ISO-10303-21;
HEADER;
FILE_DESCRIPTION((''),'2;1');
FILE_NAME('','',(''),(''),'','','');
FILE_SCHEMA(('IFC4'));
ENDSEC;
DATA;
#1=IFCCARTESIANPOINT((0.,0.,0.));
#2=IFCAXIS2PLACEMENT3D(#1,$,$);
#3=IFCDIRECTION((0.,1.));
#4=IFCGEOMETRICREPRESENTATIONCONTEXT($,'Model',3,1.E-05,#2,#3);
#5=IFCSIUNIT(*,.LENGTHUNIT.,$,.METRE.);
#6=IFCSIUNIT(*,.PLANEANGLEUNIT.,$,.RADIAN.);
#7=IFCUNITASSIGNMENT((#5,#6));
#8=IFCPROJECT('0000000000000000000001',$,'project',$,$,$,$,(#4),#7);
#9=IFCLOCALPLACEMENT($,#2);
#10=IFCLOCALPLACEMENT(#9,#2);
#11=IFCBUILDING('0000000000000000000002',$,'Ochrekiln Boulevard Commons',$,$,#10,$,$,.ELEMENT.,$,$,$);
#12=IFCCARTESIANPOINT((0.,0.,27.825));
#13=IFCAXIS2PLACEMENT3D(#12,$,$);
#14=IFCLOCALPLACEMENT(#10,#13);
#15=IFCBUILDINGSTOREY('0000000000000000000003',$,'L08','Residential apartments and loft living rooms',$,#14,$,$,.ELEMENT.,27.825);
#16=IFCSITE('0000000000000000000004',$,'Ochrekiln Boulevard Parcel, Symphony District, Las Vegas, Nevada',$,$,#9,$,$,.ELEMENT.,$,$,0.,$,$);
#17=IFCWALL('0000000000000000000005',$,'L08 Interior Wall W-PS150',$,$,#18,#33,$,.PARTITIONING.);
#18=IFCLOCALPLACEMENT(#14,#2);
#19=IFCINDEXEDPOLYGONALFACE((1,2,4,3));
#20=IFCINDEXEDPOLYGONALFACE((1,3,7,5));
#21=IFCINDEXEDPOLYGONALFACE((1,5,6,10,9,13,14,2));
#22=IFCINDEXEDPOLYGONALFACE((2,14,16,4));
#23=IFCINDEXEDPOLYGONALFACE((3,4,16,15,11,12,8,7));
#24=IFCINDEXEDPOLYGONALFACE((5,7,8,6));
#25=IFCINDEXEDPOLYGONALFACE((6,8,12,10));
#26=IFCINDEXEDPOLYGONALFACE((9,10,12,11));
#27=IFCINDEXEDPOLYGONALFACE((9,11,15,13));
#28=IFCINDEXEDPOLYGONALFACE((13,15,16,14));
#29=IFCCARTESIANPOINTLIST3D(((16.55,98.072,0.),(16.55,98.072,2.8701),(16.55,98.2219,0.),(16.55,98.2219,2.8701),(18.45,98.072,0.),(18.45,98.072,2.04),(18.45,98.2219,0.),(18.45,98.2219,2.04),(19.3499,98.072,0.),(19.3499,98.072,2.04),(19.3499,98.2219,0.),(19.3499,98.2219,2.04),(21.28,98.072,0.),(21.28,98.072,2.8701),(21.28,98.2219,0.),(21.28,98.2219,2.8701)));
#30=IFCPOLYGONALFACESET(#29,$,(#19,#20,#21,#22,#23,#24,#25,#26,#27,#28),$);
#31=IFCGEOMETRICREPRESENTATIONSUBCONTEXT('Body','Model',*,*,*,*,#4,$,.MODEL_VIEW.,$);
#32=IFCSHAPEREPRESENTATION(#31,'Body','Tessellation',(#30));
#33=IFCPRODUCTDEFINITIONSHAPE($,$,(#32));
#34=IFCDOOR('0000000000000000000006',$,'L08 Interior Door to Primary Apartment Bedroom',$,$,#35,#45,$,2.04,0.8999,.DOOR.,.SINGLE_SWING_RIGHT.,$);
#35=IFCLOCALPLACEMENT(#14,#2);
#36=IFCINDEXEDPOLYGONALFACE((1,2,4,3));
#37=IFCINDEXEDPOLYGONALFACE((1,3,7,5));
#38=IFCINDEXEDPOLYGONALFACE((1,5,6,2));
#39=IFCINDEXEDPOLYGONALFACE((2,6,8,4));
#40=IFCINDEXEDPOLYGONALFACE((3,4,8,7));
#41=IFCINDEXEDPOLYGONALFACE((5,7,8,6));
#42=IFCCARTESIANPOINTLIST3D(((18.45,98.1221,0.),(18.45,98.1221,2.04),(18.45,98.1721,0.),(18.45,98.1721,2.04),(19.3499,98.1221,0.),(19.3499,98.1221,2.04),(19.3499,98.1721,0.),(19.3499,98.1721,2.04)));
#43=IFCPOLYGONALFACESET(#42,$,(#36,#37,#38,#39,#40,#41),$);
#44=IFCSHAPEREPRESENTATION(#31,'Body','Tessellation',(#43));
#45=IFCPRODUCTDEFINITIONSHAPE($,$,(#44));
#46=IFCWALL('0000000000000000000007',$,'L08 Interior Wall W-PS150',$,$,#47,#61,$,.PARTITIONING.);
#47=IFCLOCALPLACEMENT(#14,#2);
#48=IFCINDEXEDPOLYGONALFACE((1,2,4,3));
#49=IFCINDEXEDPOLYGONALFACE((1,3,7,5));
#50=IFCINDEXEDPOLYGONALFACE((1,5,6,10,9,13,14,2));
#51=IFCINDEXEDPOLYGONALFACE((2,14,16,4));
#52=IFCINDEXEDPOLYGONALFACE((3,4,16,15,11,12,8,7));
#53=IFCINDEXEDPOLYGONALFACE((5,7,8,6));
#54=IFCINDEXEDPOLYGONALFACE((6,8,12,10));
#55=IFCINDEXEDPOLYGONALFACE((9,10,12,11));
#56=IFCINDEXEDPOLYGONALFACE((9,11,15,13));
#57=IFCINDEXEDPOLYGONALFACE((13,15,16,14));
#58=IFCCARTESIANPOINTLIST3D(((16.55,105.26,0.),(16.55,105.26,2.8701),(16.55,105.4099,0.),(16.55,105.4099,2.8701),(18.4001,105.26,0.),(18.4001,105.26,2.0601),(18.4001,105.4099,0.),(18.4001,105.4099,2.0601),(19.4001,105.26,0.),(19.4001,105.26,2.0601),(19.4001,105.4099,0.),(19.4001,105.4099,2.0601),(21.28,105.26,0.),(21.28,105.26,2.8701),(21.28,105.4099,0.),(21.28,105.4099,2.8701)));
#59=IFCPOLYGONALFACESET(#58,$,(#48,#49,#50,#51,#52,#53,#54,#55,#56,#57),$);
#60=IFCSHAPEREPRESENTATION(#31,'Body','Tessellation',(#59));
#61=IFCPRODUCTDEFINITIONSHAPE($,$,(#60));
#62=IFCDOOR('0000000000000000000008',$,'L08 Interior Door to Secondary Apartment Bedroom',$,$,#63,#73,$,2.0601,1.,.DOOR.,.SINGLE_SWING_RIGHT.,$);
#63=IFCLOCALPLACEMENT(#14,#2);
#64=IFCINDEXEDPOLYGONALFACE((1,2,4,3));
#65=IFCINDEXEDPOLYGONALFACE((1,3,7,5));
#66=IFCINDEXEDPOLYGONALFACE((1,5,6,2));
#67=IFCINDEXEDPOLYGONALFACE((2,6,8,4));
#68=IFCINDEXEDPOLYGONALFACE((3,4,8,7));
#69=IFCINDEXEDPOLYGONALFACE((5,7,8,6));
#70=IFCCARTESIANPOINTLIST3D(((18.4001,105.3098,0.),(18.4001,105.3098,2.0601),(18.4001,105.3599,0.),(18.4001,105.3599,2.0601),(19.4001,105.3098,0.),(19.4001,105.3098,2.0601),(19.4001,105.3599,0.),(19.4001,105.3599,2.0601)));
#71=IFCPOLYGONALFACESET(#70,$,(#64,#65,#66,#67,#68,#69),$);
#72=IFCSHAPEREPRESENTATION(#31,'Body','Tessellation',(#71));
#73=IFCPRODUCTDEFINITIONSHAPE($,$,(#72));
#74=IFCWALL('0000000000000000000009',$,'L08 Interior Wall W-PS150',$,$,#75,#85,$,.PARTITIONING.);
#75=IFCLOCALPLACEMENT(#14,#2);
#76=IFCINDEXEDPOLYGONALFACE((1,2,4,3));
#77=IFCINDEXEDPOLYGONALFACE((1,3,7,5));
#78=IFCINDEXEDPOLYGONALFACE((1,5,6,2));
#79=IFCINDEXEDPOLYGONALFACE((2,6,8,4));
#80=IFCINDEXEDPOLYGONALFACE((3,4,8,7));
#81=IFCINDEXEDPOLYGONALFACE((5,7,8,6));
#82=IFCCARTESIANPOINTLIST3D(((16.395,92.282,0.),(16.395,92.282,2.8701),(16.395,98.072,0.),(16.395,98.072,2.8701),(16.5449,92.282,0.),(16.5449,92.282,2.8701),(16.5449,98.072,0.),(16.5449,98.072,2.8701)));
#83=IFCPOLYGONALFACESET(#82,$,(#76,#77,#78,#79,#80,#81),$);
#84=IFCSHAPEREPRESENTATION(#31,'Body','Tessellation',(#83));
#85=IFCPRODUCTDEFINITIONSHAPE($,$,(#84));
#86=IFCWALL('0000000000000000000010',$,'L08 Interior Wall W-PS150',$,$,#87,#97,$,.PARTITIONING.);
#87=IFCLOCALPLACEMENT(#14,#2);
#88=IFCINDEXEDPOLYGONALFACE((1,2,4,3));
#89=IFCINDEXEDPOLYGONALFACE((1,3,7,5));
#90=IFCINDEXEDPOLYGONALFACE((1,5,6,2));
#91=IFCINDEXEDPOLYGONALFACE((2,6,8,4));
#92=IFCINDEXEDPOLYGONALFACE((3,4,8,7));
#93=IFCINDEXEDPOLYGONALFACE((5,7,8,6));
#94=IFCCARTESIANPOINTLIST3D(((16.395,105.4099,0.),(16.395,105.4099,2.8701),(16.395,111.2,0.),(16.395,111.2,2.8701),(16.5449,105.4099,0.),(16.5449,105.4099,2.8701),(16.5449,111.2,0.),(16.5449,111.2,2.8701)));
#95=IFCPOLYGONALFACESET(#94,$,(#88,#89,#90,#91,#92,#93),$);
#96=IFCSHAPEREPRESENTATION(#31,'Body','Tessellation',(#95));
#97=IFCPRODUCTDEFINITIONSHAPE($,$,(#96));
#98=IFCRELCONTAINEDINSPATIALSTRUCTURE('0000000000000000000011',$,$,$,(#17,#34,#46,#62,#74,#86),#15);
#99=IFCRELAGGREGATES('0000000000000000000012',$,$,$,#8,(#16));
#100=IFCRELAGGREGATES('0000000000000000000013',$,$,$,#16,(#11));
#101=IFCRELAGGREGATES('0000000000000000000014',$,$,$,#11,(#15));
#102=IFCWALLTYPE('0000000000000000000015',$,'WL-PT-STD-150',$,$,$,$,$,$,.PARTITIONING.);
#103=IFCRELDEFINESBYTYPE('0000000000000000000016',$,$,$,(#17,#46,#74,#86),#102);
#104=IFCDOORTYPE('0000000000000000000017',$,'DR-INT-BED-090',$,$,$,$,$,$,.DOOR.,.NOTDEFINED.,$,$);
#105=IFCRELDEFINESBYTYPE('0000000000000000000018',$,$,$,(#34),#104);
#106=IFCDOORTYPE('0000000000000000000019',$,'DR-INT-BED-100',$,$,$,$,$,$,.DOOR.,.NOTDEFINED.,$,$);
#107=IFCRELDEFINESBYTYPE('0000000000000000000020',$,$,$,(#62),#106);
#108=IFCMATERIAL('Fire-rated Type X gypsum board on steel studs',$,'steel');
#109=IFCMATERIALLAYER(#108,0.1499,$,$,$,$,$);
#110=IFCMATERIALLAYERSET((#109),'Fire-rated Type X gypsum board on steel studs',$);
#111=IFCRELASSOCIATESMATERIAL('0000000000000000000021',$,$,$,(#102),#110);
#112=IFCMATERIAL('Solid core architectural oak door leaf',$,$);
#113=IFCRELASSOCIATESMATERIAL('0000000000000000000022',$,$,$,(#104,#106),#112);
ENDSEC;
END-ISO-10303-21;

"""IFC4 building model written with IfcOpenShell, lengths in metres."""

from ifc_helpers import new_model, si_unit, direction, frame, frame_2d, origin, place, context, subcontext, project, spatial, rectangle, extrude, material, layer, layer_set, type_object, element, fill, save


model = new_model("IFC4")

# Units and contexts
model_context = context("Model", 3, precision=1e-05, world=origin(), true_north=direction((0.0, 1.0)))
body_context = subcontext(model_context, "Body", "Model", "MODEL_VIEW")
ifc_project = project(units=[si_unit("LENGTHUNIT", "METRE"), si_unit("PLANEANGLEUNIT", "RADIAN")], contexts=[model_context])

# Site, building, storey
site_placement = place(None, origin())
site = spatial("IfcSite", under=ifc_project, at=site_placement, Name="Ochrekiln Boulevard Parcel, Symphony District, Las Vegas, Nevada", CompositionType="ELEMENT", RefElevation=0.0)
building_placement = place(site_placement, origin())
building = spatial("IfcBuilding", under=site, at=building_placement, Name="Ochrekiln Boulevard Commons", CompositionType="ELEMENT")
storey_placement = place(building_placement, frame((0.0, 0.0, 27.825)))
storey = spatial("IfcBuildingStorey", under=building, at=storey_placement, Name="L08", Description="Residential apartments and loft living rooms", CompositionType="ELEMENT", Elevation=27.825)

# Shared definitions
ifc_material_1 = material(Name="Fire-rated Type X gypsum board on steel studs", Category="steel")

# Walls, openings, doors
ifc_layer_1 = layer(ifc_material_1, 0.1499)
ifc_layer_set_1 = layer_set([ifc_layer_1], Name="Fire-rated Type X gypsum board on steel studs")
wall_type_1 = type_object("IfcWallType", Name="WL-PT-STD-150", PredefinedType="PARTITIONING", material=ifc_layer_set_1)
wall_1_placement = place(storey_placement, frame((16.55, 98.147, 0.0), z_axis=(0.0, 0.0, 1.0), x_axis=(1.0, 0.0, 0.0)))
wall_1 = element("IfcWall", 1, at=wall_1_placement, inside=storey, type_object=wall_type_1, Name="L08 Interior Wall W-PS150", PredefinedType="PARTITIONING", context=body_context, shape_type="SweptSolid", body=[
    extrude(rectangle(XDim=4.73, YDim=0.1499, at=frame_2d((2.365, 0.0))), origin(), (0.0, 0.0, 1.0), 2.8701),
])
opening_1_placement = place(wall_1_placement, frame((1.8999, 0.0, 0.0)))
opening_1 = element("IfcOpeningElement", 2, at=opening_1_placement, cuts=wall_1, PredefinedType="OPENING", context=body_context, shape_type="SweptSolid", body=[
    extrude(rectangle(XDim=0.8999, YDim=2.04, at=frame_2d((0.45, 1.02))), frame((0.0, 0.085, 0.0), z_axis=(0.0, -1.0, 0.0), x_axis=(1.0, 0.0, 0.0)), (0.0, 0.0, 1.0), 0.1699),
])
ifc_material_2 = material(Name="Solid core architectural oak door leaf")
door_type_1 = type_object("IfcDoorType", Name="DR-INT-BED-090", OperationType="NOTDEFINED", PredefinedType="DOOR", material=ifc_material_2)
door_1_placement = place(opening_1_placement, frame((0.8999, 0.0, 0.0), z_axis=(0.0, 0.0, 1.0), x_axis=(-1.0, 0.0, 0.0)))
door_1 = element("IfcDoor", 3, at=door_1_placement, inside=storey, type_object=door_type_1, Name="L08 Interior Door to Primary Apartment Bedroom", OperationType="SINGLE_SWING_RIGHT", OverallHeight=2.04, OverallWidth=0.8999, PredefinedType="DOOR", context=body_context, shape_type="SweptSolid", body=[
    extrude(rectangle(XDim=0.8999, YDim=2.04, at=frame_2d((0.45, 1.02))), frame((0.0, 0.0249, 0.0), z_axis=(0.0, -1.0, 0.0), x_axis=(1.0, 0.0, 0.0)), (0.0, 0.0, 1.0), 0.05),
])
fill(opening_1, door_1)
wall_2_placement = place(storey_placement, frame((16.55, 105.335, 0.0), z_axis=(0.0, 0.0, 1.0), x_axis=(1.0, 0.0, 0.0)))
wall_2 = element("IfcWall", 4, at=wall_2_placement, inside=storey, type_object=wall_type_1, Name="L08 Interior Wall W-PS150", PredefinedType="PARTITIONING", context=body_context, shape_type="SweptSolid", body=[
    extrude(rectangle(XDim=4.73, YDim=0.1499, at=frame_2d((2.365, 0.0))), origin(), (0.0, 0.0, 1.0), 2.8701),
])
opening_2_placement = place(wall_2_placement, frame((1.8501, 0.0, 0.0)))
opening_2 = element("IfcOpeningElement", 5, at=opening_2_placement, cuts=wall_2, PredefinedType="OPENING", context=body_context, shape_type="SweptSolid", body=[
    extrude(rectangle(XDim=1.0, YDim=2.0601, at=frame_2d((0.5, 1.03))), frame((0.0, 0.085, 0.0), z_axis=(0.0, -1.0, 0.0), x_axis=(1.0, 0.0, 0.0)), (0.0, 0.0, 1.0), 0.1699),
])
door_type_2 = type_object("IfcDoorType", Name="DR-INT-BED-100", OperationType="NOTDEFINED", PredefinedType="DOOR", material=ifc_material_2)
door_2_placement = place(opening_2_placement, origin())
door_2 = element("IfcDoor", 6, at=door_2_placement, inside=storey, type_object=door_type_2, Name="L08 Interior Door to Secondary Apartment Bedroom", OperationType="SINGLE_SWING_RIGHT", OverallHeight=2.0601, OverallWidth=1.0, PredefinedType="DOOR", context=body_context, shape_type="SweptSolid", body=[
    extrude(rectangle(XDim=1.0, YDim=2.0601, at=frame_2d((0.5, 1.03))), frame((0.0, 0.0249, 0.0), z_axis=(0.0, -1.0, 0.0), x_axis=(1.0, 0.0, 0.0)), (0.0, 0.0, 1.0), 0.05),
])
fill(opening_2, door_2)

# Walls
for number, where, z_axis, x_axis, name in (
    (7, (16.47, 92.282, 0.0), (0.0, 0.0, 1.0), (0.0, 1.0, 0.0), "L08 Interior Wall W-PS150"),
    (8, (16.47, 105.4099, 0.0), (0.0, 0.0, 1.0), (0.0, 1.0, 0.0), "L08 Interior Wall W-PS150"),
):
    element("IfcWall", number, at=place(storey_placement, frame(where, z_axis=z_axis, x_axis=x_axis)), inside=storey, type_object=wall_type_1, Name=name, PredefinedType="PARTITIONING", context=body_context, shape_type="SweptSolid", body=[
        extrude(rectangle(XDim=5.79, YDim=0.1499, at=frame_2d((2.895, 0.0))), origin(), (0.0, 0.0, 1.0), 2.8701),
    ])

save(model, "model.ifc")
